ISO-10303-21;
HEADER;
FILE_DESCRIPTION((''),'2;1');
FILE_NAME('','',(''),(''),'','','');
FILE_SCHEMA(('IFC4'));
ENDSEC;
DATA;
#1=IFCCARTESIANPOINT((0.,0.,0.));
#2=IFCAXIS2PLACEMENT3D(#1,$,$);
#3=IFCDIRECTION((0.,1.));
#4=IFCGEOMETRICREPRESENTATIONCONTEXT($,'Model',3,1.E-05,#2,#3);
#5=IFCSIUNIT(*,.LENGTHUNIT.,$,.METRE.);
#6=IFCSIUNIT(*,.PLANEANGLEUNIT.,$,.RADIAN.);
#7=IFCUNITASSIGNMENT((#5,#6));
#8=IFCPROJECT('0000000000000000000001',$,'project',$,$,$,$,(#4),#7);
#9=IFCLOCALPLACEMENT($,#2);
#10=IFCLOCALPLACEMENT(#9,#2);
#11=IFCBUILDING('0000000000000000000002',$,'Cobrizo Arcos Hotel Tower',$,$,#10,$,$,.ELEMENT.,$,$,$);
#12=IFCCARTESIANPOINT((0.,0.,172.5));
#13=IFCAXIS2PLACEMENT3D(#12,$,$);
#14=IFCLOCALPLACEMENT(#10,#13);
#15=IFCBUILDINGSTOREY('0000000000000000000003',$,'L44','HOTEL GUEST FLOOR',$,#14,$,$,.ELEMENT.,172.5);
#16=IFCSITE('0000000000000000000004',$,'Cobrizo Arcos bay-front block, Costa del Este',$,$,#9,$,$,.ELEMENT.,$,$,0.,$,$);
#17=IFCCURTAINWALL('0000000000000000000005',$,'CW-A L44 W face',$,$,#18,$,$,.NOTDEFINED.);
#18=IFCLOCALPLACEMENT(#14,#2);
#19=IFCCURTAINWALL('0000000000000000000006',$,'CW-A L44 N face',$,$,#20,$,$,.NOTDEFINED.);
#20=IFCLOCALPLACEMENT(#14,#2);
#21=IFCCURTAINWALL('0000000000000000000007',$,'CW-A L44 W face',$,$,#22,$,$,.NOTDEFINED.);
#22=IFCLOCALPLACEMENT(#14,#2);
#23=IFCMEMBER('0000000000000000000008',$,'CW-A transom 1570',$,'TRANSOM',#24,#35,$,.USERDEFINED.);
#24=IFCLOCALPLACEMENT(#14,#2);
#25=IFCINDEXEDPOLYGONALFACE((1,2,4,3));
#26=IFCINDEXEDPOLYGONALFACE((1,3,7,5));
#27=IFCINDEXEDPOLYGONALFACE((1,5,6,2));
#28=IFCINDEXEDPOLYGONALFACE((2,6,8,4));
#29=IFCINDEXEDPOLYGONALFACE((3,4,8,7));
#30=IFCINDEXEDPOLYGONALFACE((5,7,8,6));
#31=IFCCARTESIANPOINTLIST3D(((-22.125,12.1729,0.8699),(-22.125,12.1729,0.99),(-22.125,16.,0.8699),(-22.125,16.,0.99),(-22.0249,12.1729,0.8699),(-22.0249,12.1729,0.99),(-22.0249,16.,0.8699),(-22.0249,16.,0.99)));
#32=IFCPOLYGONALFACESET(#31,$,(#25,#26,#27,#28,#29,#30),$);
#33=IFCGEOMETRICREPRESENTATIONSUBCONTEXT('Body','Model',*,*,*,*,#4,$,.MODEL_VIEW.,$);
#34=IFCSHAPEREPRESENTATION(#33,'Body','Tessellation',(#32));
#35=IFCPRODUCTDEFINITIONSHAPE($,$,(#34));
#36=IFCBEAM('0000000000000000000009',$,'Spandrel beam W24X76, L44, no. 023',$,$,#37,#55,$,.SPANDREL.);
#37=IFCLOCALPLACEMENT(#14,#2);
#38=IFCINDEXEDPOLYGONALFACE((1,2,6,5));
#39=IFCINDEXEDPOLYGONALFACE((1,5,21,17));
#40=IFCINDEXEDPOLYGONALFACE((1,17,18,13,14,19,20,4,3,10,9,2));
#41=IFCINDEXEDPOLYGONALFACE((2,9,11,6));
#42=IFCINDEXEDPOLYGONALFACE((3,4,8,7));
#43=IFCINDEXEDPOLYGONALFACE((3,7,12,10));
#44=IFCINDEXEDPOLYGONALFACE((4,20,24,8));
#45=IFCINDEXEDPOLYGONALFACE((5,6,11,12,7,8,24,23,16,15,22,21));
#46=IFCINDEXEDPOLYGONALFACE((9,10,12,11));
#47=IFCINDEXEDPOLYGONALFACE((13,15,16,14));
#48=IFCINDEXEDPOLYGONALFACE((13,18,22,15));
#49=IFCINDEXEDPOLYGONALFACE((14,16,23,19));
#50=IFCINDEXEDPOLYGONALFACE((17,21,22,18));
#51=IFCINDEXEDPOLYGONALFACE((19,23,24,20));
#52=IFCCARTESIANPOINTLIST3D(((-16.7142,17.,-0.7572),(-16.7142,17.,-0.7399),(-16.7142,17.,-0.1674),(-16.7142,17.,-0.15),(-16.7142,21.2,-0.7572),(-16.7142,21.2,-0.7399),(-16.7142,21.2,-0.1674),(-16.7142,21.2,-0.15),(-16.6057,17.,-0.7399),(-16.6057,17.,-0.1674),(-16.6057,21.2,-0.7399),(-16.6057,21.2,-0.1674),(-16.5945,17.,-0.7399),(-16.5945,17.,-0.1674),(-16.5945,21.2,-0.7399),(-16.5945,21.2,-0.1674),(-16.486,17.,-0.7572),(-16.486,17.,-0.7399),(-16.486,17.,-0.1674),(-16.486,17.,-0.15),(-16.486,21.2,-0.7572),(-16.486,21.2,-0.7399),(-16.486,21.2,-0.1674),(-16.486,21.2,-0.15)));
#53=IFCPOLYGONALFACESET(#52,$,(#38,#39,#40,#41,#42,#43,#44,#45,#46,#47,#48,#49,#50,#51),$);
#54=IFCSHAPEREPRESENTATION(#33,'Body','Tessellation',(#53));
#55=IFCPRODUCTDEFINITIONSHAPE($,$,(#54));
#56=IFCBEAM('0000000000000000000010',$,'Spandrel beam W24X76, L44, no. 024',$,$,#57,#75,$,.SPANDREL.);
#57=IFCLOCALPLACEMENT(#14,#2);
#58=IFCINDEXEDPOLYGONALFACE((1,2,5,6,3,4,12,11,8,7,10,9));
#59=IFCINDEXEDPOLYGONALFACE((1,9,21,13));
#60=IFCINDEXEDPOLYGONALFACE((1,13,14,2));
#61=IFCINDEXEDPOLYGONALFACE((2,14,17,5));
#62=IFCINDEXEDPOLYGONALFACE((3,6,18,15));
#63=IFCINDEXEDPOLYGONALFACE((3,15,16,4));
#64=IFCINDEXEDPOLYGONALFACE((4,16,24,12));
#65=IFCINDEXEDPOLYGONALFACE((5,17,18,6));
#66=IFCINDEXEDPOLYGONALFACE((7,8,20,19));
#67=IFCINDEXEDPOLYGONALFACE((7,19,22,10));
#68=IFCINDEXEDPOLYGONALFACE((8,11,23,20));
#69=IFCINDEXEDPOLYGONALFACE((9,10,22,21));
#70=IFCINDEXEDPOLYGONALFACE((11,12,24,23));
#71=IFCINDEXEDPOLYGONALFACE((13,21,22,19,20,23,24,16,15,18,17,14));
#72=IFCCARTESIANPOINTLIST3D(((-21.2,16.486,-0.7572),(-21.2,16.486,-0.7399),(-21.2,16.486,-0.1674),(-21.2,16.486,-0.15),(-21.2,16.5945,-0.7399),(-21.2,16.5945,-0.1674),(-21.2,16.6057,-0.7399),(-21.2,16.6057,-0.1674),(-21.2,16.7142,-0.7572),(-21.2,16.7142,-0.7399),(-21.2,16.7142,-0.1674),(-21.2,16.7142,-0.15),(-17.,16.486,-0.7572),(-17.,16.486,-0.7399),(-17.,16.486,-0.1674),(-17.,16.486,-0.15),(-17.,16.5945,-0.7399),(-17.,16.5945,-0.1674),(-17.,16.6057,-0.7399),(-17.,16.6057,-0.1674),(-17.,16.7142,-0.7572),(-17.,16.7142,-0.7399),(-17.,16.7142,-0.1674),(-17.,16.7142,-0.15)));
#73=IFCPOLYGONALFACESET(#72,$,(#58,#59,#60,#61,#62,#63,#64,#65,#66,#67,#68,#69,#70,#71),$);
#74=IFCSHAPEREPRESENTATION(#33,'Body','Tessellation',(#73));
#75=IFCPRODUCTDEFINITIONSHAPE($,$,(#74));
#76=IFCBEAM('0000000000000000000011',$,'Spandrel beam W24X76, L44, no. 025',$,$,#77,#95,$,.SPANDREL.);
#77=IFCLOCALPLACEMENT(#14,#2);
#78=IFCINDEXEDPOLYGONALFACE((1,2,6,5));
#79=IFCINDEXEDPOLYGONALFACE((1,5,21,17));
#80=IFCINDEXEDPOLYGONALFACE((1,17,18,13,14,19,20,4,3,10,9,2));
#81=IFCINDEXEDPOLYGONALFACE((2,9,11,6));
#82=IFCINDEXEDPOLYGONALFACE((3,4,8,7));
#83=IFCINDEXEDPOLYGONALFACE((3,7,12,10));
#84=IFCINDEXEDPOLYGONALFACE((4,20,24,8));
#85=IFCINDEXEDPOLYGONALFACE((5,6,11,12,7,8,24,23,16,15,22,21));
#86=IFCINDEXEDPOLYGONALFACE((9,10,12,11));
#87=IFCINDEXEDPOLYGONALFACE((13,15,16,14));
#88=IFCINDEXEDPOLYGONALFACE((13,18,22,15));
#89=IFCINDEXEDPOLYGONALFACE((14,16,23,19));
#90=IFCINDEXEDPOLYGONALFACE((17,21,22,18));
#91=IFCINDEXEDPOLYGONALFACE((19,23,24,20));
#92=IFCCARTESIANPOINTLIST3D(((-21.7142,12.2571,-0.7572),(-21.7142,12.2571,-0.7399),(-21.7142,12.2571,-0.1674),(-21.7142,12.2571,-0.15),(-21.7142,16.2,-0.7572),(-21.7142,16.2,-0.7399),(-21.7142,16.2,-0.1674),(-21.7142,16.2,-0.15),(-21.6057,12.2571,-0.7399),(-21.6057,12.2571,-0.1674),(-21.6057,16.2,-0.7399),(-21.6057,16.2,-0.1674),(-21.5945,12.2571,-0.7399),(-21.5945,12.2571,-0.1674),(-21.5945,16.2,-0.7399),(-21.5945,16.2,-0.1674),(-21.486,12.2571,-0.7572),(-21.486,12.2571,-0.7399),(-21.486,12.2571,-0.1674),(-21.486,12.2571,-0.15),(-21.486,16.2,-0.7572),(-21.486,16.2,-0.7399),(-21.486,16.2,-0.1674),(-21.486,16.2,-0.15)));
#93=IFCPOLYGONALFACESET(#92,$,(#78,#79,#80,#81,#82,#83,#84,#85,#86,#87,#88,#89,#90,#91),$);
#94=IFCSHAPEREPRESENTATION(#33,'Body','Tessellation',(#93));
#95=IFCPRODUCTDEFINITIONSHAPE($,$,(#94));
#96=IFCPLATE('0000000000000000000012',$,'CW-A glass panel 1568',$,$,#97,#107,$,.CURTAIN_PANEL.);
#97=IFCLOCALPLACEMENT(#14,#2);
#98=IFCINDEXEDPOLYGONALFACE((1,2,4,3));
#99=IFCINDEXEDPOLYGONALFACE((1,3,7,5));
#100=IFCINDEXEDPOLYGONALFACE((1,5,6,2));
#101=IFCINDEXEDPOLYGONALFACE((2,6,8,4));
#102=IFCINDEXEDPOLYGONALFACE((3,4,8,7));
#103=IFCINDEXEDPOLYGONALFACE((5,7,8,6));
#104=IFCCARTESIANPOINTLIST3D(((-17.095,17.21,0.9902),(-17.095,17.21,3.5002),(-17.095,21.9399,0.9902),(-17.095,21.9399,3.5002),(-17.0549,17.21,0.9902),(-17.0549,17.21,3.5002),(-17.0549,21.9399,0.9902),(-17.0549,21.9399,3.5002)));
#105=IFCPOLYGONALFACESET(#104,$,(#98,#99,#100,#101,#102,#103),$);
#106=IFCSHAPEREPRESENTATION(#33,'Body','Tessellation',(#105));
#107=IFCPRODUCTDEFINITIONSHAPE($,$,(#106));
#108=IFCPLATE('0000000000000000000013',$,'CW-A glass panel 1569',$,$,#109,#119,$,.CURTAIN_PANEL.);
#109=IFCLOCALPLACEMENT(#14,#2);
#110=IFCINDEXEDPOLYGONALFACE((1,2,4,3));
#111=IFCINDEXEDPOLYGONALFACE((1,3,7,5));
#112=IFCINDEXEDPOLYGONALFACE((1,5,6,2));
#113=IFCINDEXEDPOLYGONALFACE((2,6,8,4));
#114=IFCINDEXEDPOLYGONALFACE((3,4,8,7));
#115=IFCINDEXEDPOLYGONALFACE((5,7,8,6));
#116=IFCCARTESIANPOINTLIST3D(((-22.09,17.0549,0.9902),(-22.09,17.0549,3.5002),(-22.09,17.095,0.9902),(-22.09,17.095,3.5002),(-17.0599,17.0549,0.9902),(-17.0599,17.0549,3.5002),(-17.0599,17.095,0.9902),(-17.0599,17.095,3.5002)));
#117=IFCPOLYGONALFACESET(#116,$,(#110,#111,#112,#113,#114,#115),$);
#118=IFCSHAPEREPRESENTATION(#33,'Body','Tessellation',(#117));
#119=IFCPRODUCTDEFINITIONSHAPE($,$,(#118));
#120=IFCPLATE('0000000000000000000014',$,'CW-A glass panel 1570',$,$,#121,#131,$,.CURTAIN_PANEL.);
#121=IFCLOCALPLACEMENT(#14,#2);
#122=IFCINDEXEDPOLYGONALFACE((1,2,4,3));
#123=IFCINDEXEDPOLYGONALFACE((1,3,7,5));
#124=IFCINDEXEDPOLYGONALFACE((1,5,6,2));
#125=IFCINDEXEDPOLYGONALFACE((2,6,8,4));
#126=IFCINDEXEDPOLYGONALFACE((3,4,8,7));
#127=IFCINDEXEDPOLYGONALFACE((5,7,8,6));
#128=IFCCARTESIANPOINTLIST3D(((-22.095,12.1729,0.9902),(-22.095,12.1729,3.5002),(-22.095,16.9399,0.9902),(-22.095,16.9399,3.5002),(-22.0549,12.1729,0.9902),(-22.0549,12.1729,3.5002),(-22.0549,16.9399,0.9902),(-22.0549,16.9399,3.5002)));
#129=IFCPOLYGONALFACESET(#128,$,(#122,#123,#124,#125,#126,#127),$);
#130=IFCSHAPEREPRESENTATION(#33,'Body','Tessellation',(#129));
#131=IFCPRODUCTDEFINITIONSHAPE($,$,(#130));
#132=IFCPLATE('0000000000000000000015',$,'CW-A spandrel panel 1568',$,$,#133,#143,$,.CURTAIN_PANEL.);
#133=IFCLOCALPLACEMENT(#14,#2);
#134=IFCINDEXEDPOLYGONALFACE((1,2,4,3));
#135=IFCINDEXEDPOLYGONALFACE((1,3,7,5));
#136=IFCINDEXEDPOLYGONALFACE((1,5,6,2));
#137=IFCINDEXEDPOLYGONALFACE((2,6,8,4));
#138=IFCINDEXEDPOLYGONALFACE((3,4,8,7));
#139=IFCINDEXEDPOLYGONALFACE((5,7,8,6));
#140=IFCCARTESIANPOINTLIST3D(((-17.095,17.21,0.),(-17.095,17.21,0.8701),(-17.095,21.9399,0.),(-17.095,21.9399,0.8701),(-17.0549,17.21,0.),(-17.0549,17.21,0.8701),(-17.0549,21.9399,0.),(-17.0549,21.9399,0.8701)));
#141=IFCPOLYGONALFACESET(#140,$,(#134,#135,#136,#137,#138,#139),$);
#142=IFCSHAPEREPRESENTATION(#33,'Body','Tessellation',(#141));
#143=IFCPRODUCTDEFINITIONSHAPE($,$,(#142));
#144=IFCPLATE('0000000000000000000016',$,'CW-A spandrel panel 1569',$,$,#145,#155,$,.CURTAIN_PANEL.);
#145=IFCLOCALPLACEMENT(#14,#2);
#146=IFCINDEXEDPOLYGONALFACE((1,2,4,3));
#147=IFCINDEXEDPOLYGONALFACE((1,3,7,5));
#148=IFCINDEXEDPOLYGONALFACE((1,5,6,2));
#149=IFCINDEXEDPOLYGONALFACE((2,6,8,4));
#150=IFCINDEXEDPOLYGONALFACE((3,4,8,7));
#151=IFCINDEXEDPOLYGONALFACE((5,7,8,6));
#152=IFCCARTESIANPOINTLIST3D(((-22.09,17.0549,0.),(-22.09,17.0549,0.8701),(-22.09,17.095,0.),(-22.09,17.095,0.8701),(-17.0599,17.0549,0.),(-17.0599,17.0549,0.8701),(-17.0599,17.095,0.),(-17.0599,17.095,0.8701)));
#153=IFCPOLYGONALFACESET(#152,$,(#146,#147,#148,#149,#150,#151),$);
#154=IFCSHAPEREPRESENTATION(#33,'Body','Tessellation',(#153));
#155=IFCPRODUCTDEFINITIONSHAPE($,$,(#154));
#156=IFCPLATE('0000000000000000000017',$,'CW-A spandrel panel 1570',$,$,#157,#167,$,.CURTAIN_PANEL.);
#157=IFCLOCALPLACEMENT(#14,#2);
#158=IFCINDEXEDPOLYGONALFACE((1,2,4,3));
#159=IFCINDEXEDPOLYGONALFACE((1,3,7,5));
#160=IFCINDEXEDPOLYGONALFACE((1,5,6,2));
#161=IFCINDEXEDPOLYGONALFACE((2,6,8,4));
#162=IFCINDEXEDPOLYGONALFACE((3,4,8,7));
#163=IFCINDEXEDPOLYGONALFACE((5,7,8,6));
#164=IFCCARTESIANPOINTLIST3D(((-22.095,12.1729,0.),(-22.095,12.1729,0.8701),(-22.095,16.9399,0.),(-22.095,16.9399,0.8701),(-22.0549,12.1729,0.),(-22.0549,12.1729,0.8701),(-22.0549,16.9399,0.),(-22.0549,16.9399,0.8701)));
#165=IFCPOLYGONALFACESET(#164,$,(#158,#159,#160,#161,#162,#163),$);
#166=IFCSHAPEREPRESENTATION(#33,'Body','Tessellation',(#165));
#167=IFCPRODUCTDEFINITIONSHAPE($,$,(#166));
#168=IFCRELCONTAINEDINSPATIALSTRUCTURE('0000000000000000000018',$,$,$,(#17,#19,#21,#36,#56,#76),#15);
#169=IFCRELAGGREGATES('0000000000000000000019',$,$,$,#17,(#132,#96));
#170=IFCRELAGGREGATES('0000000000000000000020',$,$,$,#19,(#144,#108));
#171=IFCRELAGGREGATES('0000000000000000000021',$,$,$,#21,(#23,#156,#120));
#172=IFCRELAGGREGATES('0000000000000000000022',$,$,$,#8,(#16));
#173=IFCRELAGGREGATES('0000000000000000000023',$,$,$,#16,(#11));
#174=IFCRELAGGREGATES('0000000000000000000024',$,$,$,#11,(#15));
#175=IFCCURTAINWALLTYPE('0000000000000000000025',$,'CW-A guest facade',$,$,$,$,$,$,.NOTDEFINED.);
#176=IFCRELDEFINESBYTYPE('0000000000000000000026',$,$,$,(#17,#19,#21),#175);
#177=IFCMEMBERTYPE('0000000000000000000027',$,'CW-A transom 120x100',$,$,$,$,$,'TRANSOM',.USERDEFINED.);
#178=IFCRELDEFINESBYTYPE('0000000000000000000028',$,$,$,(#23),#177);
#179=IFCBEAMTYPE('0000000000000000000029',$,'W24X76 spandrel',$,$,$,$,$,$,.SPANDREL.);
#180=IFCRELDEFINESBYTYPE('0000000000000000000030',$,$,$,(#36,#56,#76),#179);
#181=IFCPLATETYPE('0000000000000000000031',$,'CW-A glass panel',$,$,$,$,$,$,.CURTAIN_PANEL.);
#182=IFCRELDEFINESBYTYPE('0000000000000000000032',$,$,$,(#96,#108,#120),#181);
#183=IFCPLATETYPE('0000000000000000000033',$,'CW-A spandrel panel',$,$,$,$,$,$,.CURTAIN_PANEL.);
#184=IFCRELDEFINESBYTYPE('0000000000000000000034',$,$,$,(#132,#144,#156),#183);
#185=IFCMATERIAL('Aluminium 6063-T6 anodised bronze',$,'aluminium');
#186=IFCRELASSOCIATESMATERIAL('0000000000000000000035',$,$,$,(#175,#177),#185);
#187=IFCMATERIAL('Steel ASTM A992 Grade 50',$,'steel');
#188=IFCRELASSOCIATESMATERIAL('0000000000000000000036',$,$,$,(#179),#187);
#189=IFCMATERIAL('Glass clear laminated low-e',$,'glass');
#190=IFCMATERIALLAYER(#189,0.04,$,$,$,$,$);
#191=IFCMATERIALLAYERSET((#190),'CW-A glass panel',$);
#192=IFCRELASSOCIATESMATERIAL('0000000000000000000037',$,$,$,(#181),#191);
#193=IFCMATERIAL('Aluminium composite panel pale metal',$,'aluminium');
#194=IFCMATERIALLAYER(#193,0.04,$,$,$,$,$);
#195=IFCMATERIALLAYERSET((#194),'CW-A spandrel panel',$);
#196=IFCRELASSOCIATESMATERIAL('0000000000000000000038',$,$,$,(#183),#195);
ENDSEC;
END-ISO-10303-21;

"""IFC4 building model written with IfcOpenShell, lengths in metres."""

from ifc_helpers import new_model, si_unit, direction, frame, origin, origin_2d, place, context, subcontext, project, spatial, rectangle, i_section, extrude, material, layer, layer_set, material_profile, profile_set, type_object, element, aggregate, save


model = new_model("IFC4")

# Units and contexts
model_context = context("Model", 3, precision=1e-05, world=origin(), true_north=direction((0.0, 1.0)))
body_context = subcontext(model_context, "Body", "Model", "MODEL_VIEW")
ifc_project = project(units=[si_unit("LENGTHUNIT", "METRE"), si_unit("PLANEANGLEUNIT", "RADIAN")], contexts=[model_context])

# Site, building, storey
site_placement = place(None, origin())
site = spatial("IfcSite", under=ifc_project, at=site_placement, Name="Cobrizo Arcos bay-front block, Costa del Este", CompositionType="ELEMENT", RefElevation=0.0)
building_placement = place(site_placement, origin())
building = spatial("IfcBuilding", under=site, at=building_placement, Name="Cobrizo Arcos Hotel Tower", CompositionType="ELEMENT")
storey_placement = place(building_placement, frame((0.0, 0.0, 172.5)))
storey = spatial("IfcBuildingStorey", under=building, at=storey_placement, Name="L44", Description="HOTEL GUEST FLOOR", CompositionType="ELEMENT", Elevation=172.5)

# Shared definitions
ifc_material_1 = material(Name="Aluminium 6063-T6 anodised bronze", Category="aluminium")
curtain_wall_type = type_object("IfcCurtainWallType", Name="CW-A guest facade", PredefinedType="NOTDEFINED", material=ifc_material_1)

# Curtain walls
curtain_wall_1_placement = place(storey_placement, origin())
curtain_wall_1 = element("IfcCurtainWall", 1, at=curtain_wall_1_placement, inside=storey, type_object=curtain_wall_type, Name="CW-A L44 W face", PredefinedType="NOTDEFINED")
curtain_wall_2_placement = place(storey_placement, origin())
curtain_wall_2 = element("IfcCurtainWall", 2, at=curtain_wall_2_placement, inside=storey, type_object=curtain_wall_type, Name="CW-A L44 N face", PredefinedType="NOTDEFINED")

# Curtain wall
curtain_wall_3_placement = place(storey_placement, origin())
curtain_wall_3 = element("IfcCurtainWall", 3, at=curtain_wall_3_placement, inside=storey, type_object=curtain_wall_type, Name="CW-A L44 W face", PredefinedType="NOTDEFINED")

# Member
ifc_material_profile_1 = material_profile(ifc_material_1, rectangle(XDim=0.1001, YDim=0.1201, at=origin_2d()), Name="CW-A transom 120x100")
ifc_profile_set_1 = profile_set([ifc_material_profile_1], Name="Aluminium 6063-T6 anodised bronze")
member_type_1 = type_object("IfcMemberType", Name="CW-A transom 120x100", ElementType="TRANSOM", PredefinedType="USERDEFINED", material=ifc_profile_set_1)
member_1_placement = place(storey_placement, frame((-22.075, 16.0, 0.9299), z_axis=(0.0, -1.0, 0.0), x_axis=(1.0, 0.0, 0.0)))
member_1 = element("IfcMember", 4, at=member_1_placement, type_object=member_type_1, Name="CW-A transom 1570", ObjectType="TRANSOM", PredefinedType="USERDEFINED", context=body_context, shape_type="SweptSolid", body=[
    extrude(rectangle(XDim=0.1001, YDim=0.1201, at=origin_2d()), origin(), (0.0, 0.0, 1.0), 3.8271),
])

# Beams
ifc_material_2 = material(Name="Steel ASTM A992 Grade 50", Category="steel")
ifc_material_profile_2 = material_profile(ifc_material_2, i_section(OverallWidth=0.2283, OverallDepth=0.6072, WebThickness=0.0112, FlangeThickness=0.0173, at=origin_2d()), Name="W24X76")
ifc_profile_set_2 = profile_set([ifc_material_profile_2], Name="Steel ASTM A992 Grade 50")
beam_type_1 = type_object("IfcBeamType", Name="W24X76 spandrel", PredefinedType="SPANDREL", material=ifc_profile_set_2)
for number, where, z_axis, x_axis, name in (
    (5, (-16.6001, 21.2, -0.4536), (0.0, -1.0, 0.0), (1.0, 0.0, 0.0), "Spandrel beam W24X76, L44, no. 023"),
    (6, (-17.0, 16.6001, -0.4536), (-1.0, 0.0, 0.0), (0.0, -1.0, 0.0), "Spandrel beam W24X76, L44, no. 024"),
):
    element("IfcBeam", number, at=place(storey_placement, frame(where, z_axis=z_axis, x_axis=x_axis)), inside=storey, type_object=beam_type_1, Name=name, PredefinedType="SPANDREL", context=body_context, shape_type="SweptSolid", body=[
        extrude(i_section(OverallWidth=0.2283, OverallDepth=0.6072, WebThickness=0.0112, FlangeThickness=0.0173, at=origin_2d()), origin(), (0.0, 0.0, 1.0), 4.2),
    ])
beam_1_placement = place(storey_placement, frame((-21.6001, 16.2, -0.4536), z_axis=(0.0, -1.0, 0.0), x_axis=(1.0, 0.0, 0.0)))
element("IfcBeam", 7, at=beam_1_placement, inside=storey, type_object=beam_type_1, Name="Spandrel beam W24X76, L44, no. 025", PredefinedType="SPANDREL", context=body_context, shape_type="SweptSolid", body=[
    extrude(i_section(OverallWidth=0.2283, OverallDepth=0.6072, WebThickness=0.0112, FlangeThickness=0.0173, at=origin_2d()), origin(), (0.0, 0.0, 1.0), 3.9429),
])

# Plates
ifc_material_3 = material(Name="Glass clear laminated low-e", Category="glass")
ifc_layer_1 = layer(ifc_material_3, 0.04)
ifc_layer_set_1 = layer_set([ifc_layer_1], Name="CW-A glass panel")
plate_type_1 = type_object("IfcPlateType", Name="CW-A glass panel", PredefinedType="CURTAIN_PANEL", material=ifc_layer_set_1)
plate_1_placement = place(storey_placement, frame((-17.075, 19.575, 0.9902), z_axis=(0.0, 0.0, 1.0), x_axis=(0.0, -1.0, 0.0)))
plate_1 = element("IfcPlate", 8, at=plate_1_placement, type_object=plate_type_1, Name="CW-A glass panel 1568", PredefinedType="CURTAIN_PANEL", context=body_context, shape_type="SweptSolid", body=[
    extrude(rectangle(XDim=4.73, YDim=0.04, at=origin_2d()), origin(), (0.0, 0.0, 1.0), 2.51),
])
plate_2_placement = place(storey_placement, frame((-19.575, 17.075, 0.9902), z_axis=(0.0, 0.0, 1.0), x_axis=(-1.0, 0.0, 0.0)))
plate_2 = element("IfcPlate", 9, at=plate_2_placement, type_object=plate_type_1, Name="CW-A glass panel 1569", PredefinedType="CURTAIN_PANEL", context=body_context, shape_type="SweptSolid", body=[
    extrude(rectangle(XDim=5.03, YDim=0.04, at=origin_2d()), origin(), (0.0, 0.0, 1.0), 2.51),
])
plate_3_placement = place(storey_placement, frame((-22.075, 14.5564, 0.9902), z_axis=(0.0, 0.0, 1.0), x_axis=(0.0, -1.0, 0.0)))
plate_3 = element("IfcPlate", 10, at=plate_3_placement, type_object=plate_type_1, Name="CW-A glass panel 1570", PredefinedType="CURTAIN_PANEL", context=body_context, shape_type="SweptSolid", body=[
    extrude(rectangle(XDim=4.7671, YDim=0.04, at=origin_2d()), origin(), (0.0, 0.0, 1.0), 2.51),
])
ifc_material_4 = material(Name="Aluminium composite panel pale metal", Category="aluminium")
ifc_layer_2 = layer(ifc_material_4, 0.04)
ifc_layer_set_2 = layer_set([ifc_layer_2], Name="CW-A spandrel panel")
plate_type_2 = type_object("IfcPlateType", Name="CW-A spandrel panel", PredefinedType="CURTAIN_PANEL", material=ifc_layer_set_2)
plate_4_placement = place(storey_placement, frame((-17.075, 19.575, 0.0), z_axis=(0.0, 0.0, 1.0), x_axis=(0.0, -1.0, 0.0)))
plate_4 = element("IfcPlate", 11, at=plate_4_placement, type_object=plate_type_2, Name="CW-A spandrel panel 1568", PredefinedType="CURTAIN_PANEL", context=body_context, shape_type="SweptSolid", body=[
    extrude(rectangle(XDim=4.73, YDim=0.04, at=origin_2d()), origin(), (0.0, 0.0, 1.0), 0.8701),
])
aggregate(curtain_wall_1, [plate_4, plate_1])
plate_5_placement = place(storey_placement, frame((-19.575, 17.075, 0.0), z_axis=(0.0, 0.0, 1.0), x_axis=(-1.0, 0.0, 0.0)))
plate_5 = element("IfcPlate", 12, at=plate_5_placement, type_object=plate_type_2, Name="CW-A spandrel panel 1569", PredefinedType="CURTAIN_PANEL", context=body_context, shape_type="SweptSolid", body=[
    extrude(rectangle(XDim=5.03, YDim=0.04, at=origin_2d()), origin(), (0.0, 0.0, 1.0), 0.8701),
])
aggregate(curtain_wall_2, [plate_5, plate_2])
plate_6_placement = place(storey_placement, frame((-22.075, 14.5564, 0.0), z_axis=(0.0, 0.0, 1.0), x_axis=(0.0, -1.0, 0.0)))
plate_6 = element("IfcPlate", 13, at=plate_6_placement, type_object=plate_type_2, Name="CW-A spandrel panel 1570", PredefinedType="CURTAIN_PANEL", context=body_context, shape_type="SweptSolid", body=[
    extrude(rectangle(XDim=4.7671, YDim=0.04, at=origin_2d()), origin(), (0.0, 0.0, 1.0), 0.8701),
])
aggregate(curtain_wall_3, [member_1, plate_6, plate_3])

save(model, "model.ifc")
